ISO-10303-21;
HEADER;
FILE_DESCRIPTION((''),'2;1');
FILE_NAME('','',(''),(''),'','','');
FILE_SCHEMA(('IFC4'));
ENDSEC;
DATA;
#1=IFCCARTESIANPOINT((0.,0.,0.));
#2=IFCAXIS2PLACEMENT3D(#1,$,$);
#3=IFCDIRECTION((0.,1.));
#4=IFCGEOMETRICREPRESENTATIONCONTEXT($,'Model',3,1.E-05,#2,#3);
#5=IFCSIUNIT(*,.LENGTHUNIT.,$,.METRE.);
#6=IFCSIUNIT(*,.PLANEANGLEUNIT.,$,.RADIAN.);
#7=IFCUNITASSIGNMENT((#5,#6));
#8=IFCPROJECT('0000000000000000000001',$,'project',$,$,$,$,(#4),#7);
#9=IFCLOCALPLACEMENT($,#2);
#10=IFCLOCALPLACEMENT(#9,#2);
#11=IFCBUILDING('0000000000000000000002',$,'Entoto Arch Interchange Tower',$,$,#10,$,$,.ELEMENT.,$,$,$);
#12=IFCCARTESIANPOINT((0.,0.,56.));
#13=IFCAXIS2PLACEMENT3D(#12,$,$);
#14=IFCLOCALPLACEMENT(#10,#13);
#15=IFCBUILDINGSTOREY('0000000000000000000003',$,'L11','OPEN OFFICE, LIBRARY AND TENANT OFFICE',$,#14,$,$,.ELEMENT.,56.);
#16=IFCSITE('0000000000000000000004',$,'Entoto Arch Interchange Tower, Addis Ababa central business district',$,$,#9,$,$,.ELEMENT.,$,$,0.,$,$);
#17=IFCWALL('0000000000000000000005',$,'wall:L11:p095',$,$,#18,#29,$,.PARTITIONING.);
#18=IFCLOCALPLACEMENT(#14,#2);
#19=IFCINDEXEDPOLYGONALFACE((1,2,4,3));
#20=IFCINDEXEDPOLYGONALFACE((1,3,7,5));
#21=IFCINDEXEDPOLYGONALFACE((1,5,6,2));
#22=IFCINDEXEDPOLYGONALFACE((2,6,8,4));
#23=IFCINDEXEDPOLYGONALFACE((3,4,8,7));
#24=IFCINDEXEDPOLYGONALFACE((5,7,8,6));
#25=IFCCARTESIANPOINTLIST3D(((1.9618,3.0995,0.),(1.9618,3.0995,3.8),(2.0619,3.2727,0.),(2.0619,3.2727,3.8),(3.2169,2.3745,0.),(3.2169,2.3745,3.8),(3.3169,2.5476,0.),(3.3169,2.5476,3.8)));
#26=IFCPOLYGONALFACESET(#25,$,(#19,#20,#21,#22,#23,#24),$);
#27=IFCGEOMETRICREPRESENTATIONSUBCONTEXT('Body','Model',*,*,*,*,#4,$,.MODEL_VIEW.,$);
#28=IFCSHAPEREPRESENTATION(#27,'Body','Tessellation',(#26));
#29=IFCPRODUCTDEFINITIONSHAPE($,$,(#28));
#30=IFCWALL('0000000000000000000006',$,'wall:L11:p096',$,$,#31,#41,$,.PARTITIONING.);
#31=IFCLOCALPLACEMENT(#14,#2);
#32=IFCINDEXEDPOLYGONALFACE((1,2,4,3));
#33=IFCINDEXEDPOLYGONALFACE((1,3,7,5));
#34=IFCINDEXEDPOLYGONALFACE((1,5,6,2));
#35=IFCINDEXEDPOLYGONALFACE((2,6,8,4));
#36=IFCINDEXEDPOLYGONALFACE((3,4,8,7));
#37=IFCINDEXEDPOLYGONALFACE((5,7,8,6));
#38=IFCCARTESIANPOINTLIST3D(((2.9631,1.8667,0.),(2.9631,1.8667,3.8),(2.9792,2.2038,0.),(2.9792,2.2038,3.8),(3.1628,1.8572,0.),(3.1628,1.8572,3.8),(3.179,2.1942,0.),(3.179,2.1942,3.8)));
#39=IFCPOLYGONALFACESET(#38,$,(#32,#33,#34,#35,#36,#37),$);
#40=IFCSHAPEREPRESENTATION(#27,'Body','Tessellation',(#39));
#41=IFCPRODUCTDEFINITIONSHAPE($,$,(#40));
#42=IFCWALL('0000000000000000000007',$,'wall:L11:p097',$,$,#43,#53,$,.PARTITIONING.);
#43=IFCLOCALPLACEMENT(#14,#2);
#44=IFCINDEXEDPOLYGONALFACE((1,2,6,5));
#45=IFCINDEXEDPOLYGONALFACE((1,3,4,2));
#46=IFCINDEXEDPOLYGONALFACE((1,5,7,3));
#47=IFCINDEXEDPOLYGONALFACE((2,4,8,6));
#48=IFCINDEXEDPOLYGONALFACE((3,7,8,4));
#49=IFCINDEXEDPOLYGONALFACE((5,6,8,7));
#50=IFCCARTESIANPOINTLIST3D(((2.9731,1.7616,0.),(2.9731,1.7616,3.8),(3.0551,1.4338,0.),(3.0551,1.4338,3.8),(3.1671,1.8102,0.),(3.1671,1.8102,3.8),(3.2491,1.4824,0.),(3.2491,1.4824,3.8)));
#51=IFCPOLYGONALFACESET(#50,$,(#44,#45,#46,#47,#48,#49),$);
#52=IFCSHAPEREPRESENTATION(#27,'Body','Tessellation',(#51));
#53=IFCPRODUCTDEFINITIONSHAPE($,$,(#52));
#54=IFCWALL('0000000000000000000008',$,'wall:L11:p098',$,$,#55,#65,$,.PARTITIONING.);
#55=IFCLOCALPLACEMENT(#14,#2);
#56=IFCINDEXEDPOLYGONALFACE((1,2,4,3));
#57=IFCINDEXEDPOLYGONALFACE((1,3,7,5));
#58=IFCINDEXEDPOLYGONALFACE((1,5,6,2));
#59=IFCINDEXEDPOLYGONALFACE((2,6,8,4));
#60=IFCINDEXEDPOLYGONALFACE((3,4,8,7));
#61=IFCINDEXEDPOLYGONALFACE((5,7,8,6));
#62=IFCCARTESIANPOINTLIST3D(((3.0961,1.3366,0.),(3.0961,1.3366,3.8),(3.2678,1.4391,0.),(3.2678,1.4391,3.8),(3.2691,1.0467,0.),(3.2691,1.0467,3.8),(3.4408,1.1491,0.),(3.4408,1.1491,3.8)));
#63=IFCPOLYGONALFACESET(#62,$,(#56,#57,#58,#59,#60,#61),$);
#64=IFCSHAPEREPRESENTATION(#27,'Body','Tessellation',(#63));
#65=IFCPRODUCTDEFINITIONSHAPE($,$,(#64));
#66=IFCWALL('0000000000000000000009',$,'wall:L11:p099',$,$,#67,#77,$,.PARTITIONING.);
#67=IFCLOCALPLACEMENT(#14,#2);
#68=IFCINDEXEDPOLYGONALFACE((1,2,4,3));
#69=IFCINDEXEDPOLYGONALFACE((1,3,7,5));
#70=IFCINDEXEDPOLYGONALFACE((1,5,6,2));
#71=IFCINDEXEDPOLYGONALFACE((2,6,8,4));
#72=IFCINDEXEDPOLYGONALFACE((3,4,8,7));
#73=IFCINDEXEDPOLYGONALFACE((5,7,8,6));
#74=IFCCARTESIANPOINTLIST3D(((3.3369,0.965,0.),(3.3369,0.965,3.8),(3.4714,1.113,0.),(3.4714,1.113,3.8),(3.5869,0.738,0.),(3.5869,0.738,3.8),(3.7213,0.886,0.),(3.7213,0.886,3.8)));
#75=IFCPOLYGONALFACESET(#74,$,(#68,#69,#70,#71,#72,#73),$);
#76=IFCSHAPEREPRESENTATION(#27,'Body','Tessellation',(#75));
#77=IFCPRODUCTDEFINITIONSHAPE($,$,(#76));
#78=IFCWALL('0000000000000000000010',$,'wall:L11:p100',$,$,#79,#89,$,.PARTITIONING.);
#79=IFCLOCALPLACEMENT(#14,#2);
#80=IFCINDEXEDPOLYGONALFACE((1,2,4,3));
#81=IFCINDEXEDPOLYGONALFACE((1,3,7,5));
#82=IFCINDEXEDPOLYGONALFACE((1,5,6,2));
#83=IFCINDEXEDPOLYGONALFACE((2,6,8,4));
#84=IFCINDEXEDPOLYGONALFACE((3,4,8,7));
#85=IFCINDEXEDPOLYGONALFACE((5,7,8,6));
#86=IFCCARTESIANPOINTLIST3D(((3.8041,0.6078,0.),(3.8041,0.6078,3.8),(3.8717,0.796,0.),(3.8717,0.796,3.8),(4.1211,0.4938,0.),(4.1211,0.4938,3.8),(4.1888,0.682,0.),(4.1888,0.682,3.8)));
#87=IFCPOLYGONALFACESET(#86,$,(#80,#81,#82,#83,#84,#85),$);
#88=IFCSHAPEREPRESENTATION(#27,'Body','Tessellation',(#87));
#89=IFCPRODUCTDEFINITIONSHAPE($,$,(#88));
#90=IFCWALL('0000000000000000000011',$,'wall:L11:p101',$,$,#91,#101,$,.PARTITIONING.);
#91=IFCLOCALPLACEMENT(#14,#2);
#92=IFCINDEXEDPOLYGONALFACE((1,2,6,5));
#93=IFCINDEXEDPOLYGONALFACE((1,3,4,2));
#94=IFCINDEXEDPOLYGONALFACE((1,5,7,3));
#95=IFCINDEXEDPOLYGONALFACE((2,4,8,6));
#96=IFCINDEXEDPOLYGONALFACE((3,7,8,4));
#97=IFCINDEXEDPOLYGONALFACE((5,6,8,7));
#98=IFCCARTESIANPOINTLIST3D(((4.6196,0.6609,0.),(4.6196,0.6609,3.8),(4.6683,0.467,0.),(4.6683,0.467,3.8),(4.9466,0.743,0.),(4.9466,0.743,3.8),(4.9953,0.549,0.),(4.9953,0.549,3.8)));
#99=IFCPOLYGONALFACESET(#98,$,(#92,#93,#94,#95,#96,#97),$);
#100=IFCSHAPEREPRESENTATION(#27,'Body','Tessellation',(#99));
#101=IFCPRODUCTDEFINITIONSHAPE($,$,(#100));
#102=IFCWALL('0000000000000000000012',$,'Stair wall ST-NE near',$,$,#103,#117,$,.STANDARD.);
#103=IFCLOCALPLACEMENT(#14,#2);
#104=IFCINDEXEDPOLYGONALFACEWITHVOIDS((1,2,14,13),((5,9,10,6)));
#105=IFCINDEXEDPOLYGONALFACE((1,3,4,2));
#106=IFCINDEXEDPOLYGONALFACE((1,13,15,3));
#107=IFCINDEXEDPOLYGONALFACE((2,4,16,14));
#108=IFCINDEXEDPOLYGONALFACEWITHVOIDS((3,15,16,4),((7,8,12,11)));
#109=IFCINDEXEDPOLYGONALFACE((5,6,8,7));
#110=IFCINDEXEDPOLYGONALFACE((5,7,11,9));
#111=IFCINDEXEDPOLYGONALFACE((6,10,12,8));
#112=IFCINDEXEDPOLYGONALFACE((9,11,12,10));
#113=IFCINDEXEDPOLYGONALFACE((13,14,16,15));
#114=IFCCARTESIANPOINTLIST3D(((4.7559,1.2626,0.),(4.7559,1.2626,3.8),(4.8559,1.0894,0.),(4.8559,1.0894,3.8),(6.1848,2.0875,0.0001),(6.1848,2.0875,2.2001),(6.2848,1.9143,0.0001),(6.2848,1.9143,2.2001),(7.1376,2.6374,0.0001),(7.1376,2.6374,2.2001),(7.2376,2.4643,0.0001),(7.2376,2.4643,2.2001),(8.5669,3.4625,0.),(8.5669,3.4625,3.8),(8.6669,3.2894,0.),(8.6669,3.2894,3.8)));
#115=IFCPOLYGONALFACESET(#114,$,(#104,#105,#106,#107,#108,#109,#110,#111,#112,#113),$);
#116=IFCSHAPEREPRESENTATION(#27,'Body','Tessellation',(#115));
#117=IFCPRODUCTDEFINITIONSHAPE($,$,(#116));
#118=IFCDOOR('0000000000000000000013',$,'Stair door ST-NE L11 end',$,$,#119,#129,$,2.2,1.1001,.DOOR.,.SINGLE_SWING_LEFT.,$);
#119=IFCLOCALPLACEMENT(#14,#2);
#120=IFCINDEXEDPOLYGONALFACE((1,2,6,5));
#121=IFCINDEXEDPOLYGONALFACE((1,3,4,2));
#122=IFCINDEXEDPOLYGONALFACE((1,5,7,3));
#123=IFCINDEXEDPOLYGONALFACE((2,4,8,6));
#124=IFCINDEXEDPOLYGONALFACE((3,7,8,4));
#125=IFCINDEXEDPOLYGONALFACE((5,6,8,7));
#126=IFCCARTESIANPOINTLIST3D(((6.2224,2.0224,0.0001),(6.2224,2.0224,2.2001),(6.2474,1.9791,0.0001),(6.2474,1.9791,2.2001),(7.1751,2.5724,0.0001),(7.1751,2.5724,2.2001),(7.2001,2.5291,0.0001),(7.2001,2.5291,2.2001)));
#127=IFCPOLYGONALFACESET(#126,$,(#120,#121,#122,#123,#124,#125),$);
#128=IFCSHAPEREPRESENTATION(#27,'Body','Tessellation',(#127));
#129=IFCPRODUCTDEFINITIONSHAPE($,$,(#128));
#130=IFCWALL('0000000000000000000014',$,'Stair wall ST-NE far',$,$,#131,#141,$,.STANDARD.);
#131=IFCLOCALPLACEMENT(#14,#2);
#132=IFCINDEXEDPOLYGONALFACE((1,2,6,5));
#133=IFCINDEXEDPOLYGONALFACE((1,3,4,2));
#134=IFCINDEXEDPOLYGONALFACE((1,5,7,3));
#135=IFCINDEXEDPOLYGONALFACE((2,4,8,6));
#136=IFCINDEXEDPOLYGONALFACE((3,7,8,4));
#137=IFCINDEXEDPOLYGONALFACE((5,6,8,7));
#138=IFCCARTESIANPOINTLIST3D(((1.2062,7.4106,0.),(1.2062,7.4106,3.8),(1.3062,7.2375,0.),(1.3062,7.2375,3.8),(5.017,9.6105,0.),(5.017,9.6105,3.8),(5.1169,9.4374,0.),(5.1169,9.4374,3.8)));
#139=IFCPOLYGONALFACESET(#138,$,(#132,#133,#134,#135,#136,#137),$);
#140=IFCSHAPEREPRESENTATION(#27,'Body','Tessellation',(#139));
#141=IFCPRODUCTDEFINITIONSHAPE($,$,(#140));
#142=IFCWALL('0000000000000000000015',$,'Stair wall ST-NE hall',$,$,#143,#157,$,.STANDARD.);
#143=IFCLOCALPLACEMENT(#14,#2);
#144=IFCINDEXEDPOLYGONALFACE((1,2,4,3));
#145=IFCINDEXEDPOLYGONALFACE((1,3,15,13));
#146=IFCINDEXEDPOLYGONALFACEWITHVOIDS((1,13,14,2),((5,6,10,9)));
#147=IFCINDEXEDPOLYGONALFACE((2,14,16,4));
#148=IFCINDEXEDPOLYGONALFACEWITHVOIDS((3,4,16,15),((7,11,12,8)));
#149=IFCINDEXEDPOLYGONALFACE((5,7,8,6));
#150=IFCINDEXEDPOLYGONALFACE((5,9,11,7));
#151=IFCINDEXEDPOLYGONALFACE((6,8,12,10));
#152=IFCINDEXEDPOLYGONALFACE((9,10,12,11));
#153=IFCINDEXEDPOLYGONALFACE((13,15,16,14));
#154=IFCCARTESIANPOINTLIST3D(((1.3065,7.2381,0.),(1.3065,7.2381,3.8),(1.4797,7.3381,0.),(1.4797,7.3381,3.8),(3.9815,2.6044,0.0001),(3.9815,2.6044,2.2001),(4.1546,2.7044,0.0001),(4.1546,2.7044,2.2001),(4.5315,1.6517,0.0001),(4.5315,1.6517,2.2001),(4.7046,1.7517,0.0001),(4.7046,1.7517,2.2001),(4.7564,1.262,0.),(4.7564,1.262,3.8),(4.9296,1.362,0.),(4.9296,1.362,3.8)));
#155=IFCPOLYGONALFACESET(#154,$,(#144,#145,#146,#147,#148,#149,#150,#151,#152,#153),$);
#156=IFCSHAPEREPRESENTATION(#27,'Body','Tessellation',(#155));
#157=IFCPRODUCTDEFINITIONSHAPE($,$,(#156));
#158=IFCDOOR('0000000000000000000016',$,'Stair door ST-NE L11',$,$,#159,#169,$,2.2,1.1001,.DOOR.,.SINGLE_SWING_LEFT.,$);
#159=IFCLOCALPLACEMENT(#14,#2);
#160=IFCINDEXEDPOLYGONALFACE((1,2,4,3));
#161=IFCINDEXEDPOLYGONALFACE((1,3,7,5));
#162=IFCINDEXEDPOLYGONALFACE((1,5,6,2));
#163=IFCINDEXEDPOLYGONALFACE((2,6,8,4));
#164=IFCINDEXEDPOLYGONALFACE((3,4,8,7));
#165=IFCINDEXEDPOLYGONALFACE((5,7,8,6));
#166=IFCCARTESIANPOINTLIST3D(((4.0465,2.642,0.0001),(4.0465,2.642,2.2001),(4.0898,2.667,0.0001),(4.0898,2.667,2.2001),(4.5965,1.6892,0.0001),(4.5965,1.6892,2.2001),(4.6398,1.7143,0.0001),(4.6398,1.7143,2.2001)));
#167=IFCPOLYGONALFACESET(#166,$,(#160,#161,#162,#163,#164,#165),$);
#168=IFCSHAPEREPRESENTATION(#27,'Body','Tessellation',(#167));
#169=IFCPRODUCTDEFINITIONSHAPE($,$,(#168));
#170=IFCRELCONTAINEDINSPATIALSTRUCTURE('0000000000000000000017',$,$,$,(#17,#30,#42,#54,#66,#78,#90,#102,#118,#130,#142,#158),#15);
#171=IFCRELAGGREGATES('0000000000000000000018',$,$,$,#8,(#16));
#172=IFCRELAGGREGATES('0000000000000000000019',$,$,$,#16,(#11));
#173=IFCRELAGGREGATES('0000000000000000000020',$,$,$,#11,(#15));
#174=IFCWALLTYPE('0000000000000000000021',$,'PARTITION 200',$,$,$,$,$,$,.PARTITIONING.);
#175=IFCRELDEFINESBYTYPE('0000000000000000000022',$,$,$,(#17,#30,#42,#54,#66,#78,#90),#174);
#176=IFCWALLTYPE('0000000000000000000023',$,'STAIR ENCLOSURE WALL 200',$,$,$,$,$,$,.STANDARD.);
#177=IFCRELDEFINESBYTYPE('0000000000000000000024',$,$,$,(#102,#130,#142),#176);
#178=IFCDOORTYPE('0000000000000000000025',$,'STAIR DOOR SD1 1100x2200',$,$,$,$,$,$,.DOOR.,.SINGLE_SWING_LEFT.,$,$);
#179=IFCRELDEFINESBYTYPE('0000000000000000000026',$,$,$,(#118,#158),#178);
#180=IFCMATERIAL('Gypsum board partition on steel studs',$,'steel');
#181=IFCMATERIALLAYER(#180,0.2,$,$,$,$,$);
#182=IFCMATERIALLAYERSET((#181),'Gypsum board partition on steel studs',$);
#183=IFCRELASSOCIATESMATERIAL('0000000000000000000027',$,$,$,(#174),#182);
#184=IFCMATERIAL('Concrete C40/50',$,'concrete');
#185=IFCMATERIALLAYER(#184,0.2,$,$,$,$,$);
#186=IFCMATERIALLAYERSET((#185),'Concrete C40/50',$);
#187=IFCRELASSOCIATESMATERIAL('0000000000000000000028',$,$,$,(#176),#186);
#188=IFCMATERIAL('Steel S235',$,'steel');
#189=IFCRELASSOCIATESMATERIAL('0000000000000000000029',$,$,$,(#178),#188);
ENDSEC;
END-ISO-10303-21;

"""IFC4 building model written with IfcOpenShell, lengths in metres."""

from ifc_helpers import new_model, si_unit, direction, frame, frame_2d, origin, place, context, subcontext, project, spatial, rectangle, extrude, material, layer, layer_set, type_object, element, fill, save


model = new_model("IFC4")

# Units and contexts
model_context = context("Model", 3, precision=1e-05, world=origin(), true_north=direction((0.0, 1.0)))
body_context = subcontext(model_context, "Body", "Model", "MODEL_VIEW")
ifc_project = project(units=[si_unit("LENGTHUNIT", "METRE"), si_unit("PLANEANGLEUNIT", "RADIAN")], contexts=[model_context])

# Site, building, storey
site_placement = place(None, origin())
site = spatial("IfcSite", under=ifc_project, at=site_placement, Name="Entoto Arch Interchange Tower, Addis Ababa central business district", CompositionType="ELEMENT", RefElevation=0.0)
building_placement = place(site_placement, origin())
building = spatial("IfcBuilding", under=site, at=building_placement, Name="Entoto Arch Interchange Tower", CompositionType="ELEMENT")
storey_placement = place(building_placement, frame((0.0, 0.0, 56.0)))
storey = spatial("IfcBuildingStorey", under=building, at=storey_placement, Name="L11", Description="OPEN OFFICE, LIBRARY AND TENANT OFFICE", CompositionType="ELEMENT", Elevation=56.0)

# Shared definitions
ifc_material_1 = material(Name="Concrete C40/50", Category="concrete")

# Walls
ifc_material_2 = material(Name="Gypsum board partition on steel studs", Category="steel")
ifc_layer_1 = layer(ifc_material_2, 0.2)
ifc_layer_set_1 = layer_set([ifc_layer_1], Name="Gypsum board partition on steel studs")
wall_type_1 = type_object("IfcWallType", Name="PARTITION 200", PredefinedType="PARTITIONING", material=ifc_layer_set_1)
wall_1_placement = place(storey_placement, frame((2.012, 3.186, 0.0), z_axis=(0.0, 0.0, 1.0), x_axis=(0.865891, -0.500233, 0.0)))
element("IfcWall", 1, at=wall_1_placement, inside=storey, type_object=wall_type_1, Name="wall:L11:p095", PredefinedType="PARTITIONING", context=body_context, shape_type="SweptSolid", body=[
    extrude(rectangle(XDim=1.4495, YDim=0.2, at=frame_2d((0.7246, 0.0))), origin(), (0.0, 0.0, 1.0), 3.8),
])
wall_2_placement = place(storey_placement, frame((3.0791, 2.199, 0.0), z_axis=(0.0, 0.0, 1.0), x_axis=(-0.047771, -0.998858, 0.0)))
element("IfcWall", 2, at=wall_2_placement, inside=storey, type_object=wall_type_1, Name="wall:L11:p096", PredefinedType="PARTITIONING", context=body_context, shape_type="SweptSolid", body=[
    extrude(rectangle(XDim=0.3374, YDim=0.2, at=frame_2d((0.1687, 0.0))), origin(), (0.0, 0.0, 1.0), 3.8),
])
wall_3_placement = place(storey_placement, frame((3.0701, 1.7859, 0.0), z_axis=(0.0, 0.0, 1.0), x_axis=(0.242706, -0.9701, 0.0)))
element("IfcWall", 3, at=wall_3_placement, inside=storey, type_object=wall_type_1, Name="wall:L11:p097", PredefinedType="PARTITIONING", context=body_context, shape_type="SweptSolid", body=[
    extrude(rectangle(XDim=0.3379, YDim=0.2, at=frame_2d((0.1689, 0.0))), origin(), (0.0, 0.0, 1.0), 3.8),
])
for number, where, z_axis, x_axis, name in (
    (4, (3.1819, 1.3879, 0.0), (0.0, 0.0, 1.0), (0.512475, -0.858702, 0.0), "wall:L11:p098"),
    (5, (3.4041, 1.0391, 0.0), (0.0, 0.0, 1.0), (0.740267, -0.672313, 0.0), "wall:L11:p099"),
):
    element("IfcWall", number, at=place(storey_placement, frame(where, z_axis=z_axis, x_axis=x_axis)), inside=storey, type_object=wall_type_1, Name=name, PredefinedType="PARTITIONING", context=body_context, shape_type="SweptSolid", body=[
        extrude(rectangle(XDim=0.3376, YDim=0.2, at=frame_2d((0.1689, 0.0))), origin(), (0.0, 0.0, 1.0), 3.8),
    ])
wall_4_placement = place(storey_placement, frame((3.8379, 0.7019, 0.0), z_axis=(0.0, 0.0, 1.0), x_axis=(0.941035, -0.338309, 0.0)))
element("IfcWall", 6, at=wall_4_placement, inside=storey, type_object=wall_type_1, Name="wall:L11:p100", PredefinedType="PARTITIONING", context=body_context, shape_type="SweptSolid", body=[
    extrude(rectangle(XDim=0.3369, YDim=0.2, at=frame_2d((0.1685, 0.0))), origin(), (0.0, 0.0, 1.0), 3.8),
])
wall_5_placement = place(storey_placement, frame((4.644, 0.564, 0.0), z_axis=(0.0, 0.0, 1.0), x_axis=(0.969929, 0.243388, 0.0)))
element("IfcWall", 7, at=wall_5_placement, inside=storey, type_object=wall_type_1, Name="wall:L11:p101", PredefinedType="PARTITIONING", context=body_context, shape_type="SweptSolid", body=[
    extrude(rectangle(XDim=0.3372, YDim=0.2, at=frame_2d((0.1685, 0.0))), origin(), (0.0, 0.0, 1.0), 3.8),
])

# Wall, opening, door
ifc_layer_2 = layer(ifc_material_1, 0.2)
ifc_layer_set_2 = layer_set([ifc_layer_2], Name="Concrete C40/50")
wall_type_2 = type_object("IfcWallType", Name="STAIR ENCLOSURE WALL 200", PredefinedType="STANDARD", material=ifc_layer_set_2)
wall_6_placement = place(storey_placement, frame((4.8059, 1.176, 0.0), z_axis=(0.0, 0.0, 1.0), x_axis=(0.86606, 0.49994, 0.0)))
wall_6 = element("IfcWall", 8, at=wall_6_placement, inside=storey, type_object=wall_type_2, Name="Stair wall ST-NE near", PredefinedType="STANDARD", context=body_context, shape_type="SweptSolid", body=[
    extrude(rectangle(XDim=4.4004, YDim=0.2, at=frame_2d((2.2002, 0.0))), origin(), (0.0, 0.0, 1.0), 3.8),
])
opening_1_placement = place(wall_6_placement, frame((1.6499, 0.0, 0.0)))
opening_1 = element("IfcOpeningElement", 9, at=opening_1_placement, cuts=wall_6, PredefinedType="OPENING", context=body_context, shape_type="SweptSolid", body=[
    extrude(rectangle(XDim=1.1001, YDim=2.2, at=frame_2d((0.55, 1.1001))), frame((0.0, 0.1099, 0.0), z_axis=(0.0, -1.0, 0.0), x_axis=(1.0, 0.0, 0.0)), (0.0, 0.0, 1.0), 0.22),
])
ifc_material_3 = material(Name="Steel S235", Category="steel")
door_type = type_object("IfcDoorType", Name="STAIR DOOR SD1 1100x2200", OperationType="SINGLE_SWING_LEFT", PredefinedType="DOOR", material=ifc_material_3)
door_1_placement = place(opening_1_placement, origin())
door_1 = element("IfcDoor", 10, at=door_1_placement, inside=storey, type_object=door_type, Name="Stair door ST-NE L11 end", OperationType="SINGLE_SWING_LEFT", OverallHeight=2.2, OverallWidth=1.1001, PredefinedType="DOOR", context=body_context, shape_type="SweptSolid", body=[
    extrude(rectangle(XDim=1.1001, YDim=2.2, at=frame_2d((0.55, 1.1001))), frame((0.0, 0.0249, 0.0), z_axis=(0.0, -1.0, 0.0), x_axis=(1.0, 0.0, 0.0)), (0.0, 0.0, 1.0), 0.05),
])
fill(opening_1, door_1)

# Wall
wall_7_placement = place(storey_placement, frame((1.2561, 7.324, 0.0), z_axis=(0.0, 0.0, 1.0), x_axis=(0.866046, 0.499964, 0.0)))
element("IfcWall", 11, at=wall_7_placement, inside=storey, type_object=wall_type_2, Name="Stair wall ST-NE far", PredefinedType="STANDARD", context=body_context, shape_type="SweptSolid", body=[
    extrude(rectangle(XDim=4.4001, YDim=0.2, at=frame_2d((2.2002, 0.0))), origin(), (0.0, 0.0, 1.0), 3.8),
])

# Wall, opening, door
wall_8_placement = place(storey_placement, frame((4.843, 1.312, 0.0), z_axis=(0.0, 0.0, 1.0), x_axis=(-0.499963, 0.866047, 0.0)))
wall_8 = element("IfcWall", 12, at=wall_8_placement, inside=storey, type_object=wall_type_2, Name="Stair wall ST-NE hall", PredefinedType="STANDARD", context=body_context, shape_type="SweptSolid", body=[
    extrude(rectangle(XDim=6.9004, YDim=0.2, at=frame_2d((3.4502, 0.0))), origin(), (0.0, 0.0, 1.0), 3.8),
])
opening_2_placement = place(wall_8_placement, frame((0.45, 0.0, 0.0)))
opening_2 = element("IfcOpeningElement", 13, at=opening_2_placement, cuts=wall_8, PredefinedType="OPENING", context=body_context, shape_type="SweptSolid", body=[
    extrude(rectangle(XDim=1.1001, YDim=2.2, at=frame_2d((0.55, 1.1001))), frame((0.0, 0.1099, 0.0), z_axis=(0.0, -1.0, 0.0), x_axis=(1.0, 0.0, 0.0)), (0.0, 0.0, 1.0), 0.22),
])
door_2_placement = place(opening_2_placement, origin())
door_2 = element("IfcDoor", 14, at=door_2_placement, inside=storey, type_object=door_type, Name="Stair door ST-NE L11", OperationType="SINGLE_SWING_LEFT", OverallHeight=2.2, OverallWidth=1.1001, PredefinedType="DOOR", context=body_context, shape_type="SweptSolid", body=[
    extrude(rectangle(XDim=1.1001, YDim=2.2, at=frame_2d((0.55, 1.1001))), frame((0.0, 0.0249, 0.0), z_axis=(0.0, -1.0, 0.0), x_axis=(1.0, 0.0, 0.0)), (0.0, 0.0, 1.0), 0.05),
])
fill(opening_2, door_2)

save(model, "model.ifc")
